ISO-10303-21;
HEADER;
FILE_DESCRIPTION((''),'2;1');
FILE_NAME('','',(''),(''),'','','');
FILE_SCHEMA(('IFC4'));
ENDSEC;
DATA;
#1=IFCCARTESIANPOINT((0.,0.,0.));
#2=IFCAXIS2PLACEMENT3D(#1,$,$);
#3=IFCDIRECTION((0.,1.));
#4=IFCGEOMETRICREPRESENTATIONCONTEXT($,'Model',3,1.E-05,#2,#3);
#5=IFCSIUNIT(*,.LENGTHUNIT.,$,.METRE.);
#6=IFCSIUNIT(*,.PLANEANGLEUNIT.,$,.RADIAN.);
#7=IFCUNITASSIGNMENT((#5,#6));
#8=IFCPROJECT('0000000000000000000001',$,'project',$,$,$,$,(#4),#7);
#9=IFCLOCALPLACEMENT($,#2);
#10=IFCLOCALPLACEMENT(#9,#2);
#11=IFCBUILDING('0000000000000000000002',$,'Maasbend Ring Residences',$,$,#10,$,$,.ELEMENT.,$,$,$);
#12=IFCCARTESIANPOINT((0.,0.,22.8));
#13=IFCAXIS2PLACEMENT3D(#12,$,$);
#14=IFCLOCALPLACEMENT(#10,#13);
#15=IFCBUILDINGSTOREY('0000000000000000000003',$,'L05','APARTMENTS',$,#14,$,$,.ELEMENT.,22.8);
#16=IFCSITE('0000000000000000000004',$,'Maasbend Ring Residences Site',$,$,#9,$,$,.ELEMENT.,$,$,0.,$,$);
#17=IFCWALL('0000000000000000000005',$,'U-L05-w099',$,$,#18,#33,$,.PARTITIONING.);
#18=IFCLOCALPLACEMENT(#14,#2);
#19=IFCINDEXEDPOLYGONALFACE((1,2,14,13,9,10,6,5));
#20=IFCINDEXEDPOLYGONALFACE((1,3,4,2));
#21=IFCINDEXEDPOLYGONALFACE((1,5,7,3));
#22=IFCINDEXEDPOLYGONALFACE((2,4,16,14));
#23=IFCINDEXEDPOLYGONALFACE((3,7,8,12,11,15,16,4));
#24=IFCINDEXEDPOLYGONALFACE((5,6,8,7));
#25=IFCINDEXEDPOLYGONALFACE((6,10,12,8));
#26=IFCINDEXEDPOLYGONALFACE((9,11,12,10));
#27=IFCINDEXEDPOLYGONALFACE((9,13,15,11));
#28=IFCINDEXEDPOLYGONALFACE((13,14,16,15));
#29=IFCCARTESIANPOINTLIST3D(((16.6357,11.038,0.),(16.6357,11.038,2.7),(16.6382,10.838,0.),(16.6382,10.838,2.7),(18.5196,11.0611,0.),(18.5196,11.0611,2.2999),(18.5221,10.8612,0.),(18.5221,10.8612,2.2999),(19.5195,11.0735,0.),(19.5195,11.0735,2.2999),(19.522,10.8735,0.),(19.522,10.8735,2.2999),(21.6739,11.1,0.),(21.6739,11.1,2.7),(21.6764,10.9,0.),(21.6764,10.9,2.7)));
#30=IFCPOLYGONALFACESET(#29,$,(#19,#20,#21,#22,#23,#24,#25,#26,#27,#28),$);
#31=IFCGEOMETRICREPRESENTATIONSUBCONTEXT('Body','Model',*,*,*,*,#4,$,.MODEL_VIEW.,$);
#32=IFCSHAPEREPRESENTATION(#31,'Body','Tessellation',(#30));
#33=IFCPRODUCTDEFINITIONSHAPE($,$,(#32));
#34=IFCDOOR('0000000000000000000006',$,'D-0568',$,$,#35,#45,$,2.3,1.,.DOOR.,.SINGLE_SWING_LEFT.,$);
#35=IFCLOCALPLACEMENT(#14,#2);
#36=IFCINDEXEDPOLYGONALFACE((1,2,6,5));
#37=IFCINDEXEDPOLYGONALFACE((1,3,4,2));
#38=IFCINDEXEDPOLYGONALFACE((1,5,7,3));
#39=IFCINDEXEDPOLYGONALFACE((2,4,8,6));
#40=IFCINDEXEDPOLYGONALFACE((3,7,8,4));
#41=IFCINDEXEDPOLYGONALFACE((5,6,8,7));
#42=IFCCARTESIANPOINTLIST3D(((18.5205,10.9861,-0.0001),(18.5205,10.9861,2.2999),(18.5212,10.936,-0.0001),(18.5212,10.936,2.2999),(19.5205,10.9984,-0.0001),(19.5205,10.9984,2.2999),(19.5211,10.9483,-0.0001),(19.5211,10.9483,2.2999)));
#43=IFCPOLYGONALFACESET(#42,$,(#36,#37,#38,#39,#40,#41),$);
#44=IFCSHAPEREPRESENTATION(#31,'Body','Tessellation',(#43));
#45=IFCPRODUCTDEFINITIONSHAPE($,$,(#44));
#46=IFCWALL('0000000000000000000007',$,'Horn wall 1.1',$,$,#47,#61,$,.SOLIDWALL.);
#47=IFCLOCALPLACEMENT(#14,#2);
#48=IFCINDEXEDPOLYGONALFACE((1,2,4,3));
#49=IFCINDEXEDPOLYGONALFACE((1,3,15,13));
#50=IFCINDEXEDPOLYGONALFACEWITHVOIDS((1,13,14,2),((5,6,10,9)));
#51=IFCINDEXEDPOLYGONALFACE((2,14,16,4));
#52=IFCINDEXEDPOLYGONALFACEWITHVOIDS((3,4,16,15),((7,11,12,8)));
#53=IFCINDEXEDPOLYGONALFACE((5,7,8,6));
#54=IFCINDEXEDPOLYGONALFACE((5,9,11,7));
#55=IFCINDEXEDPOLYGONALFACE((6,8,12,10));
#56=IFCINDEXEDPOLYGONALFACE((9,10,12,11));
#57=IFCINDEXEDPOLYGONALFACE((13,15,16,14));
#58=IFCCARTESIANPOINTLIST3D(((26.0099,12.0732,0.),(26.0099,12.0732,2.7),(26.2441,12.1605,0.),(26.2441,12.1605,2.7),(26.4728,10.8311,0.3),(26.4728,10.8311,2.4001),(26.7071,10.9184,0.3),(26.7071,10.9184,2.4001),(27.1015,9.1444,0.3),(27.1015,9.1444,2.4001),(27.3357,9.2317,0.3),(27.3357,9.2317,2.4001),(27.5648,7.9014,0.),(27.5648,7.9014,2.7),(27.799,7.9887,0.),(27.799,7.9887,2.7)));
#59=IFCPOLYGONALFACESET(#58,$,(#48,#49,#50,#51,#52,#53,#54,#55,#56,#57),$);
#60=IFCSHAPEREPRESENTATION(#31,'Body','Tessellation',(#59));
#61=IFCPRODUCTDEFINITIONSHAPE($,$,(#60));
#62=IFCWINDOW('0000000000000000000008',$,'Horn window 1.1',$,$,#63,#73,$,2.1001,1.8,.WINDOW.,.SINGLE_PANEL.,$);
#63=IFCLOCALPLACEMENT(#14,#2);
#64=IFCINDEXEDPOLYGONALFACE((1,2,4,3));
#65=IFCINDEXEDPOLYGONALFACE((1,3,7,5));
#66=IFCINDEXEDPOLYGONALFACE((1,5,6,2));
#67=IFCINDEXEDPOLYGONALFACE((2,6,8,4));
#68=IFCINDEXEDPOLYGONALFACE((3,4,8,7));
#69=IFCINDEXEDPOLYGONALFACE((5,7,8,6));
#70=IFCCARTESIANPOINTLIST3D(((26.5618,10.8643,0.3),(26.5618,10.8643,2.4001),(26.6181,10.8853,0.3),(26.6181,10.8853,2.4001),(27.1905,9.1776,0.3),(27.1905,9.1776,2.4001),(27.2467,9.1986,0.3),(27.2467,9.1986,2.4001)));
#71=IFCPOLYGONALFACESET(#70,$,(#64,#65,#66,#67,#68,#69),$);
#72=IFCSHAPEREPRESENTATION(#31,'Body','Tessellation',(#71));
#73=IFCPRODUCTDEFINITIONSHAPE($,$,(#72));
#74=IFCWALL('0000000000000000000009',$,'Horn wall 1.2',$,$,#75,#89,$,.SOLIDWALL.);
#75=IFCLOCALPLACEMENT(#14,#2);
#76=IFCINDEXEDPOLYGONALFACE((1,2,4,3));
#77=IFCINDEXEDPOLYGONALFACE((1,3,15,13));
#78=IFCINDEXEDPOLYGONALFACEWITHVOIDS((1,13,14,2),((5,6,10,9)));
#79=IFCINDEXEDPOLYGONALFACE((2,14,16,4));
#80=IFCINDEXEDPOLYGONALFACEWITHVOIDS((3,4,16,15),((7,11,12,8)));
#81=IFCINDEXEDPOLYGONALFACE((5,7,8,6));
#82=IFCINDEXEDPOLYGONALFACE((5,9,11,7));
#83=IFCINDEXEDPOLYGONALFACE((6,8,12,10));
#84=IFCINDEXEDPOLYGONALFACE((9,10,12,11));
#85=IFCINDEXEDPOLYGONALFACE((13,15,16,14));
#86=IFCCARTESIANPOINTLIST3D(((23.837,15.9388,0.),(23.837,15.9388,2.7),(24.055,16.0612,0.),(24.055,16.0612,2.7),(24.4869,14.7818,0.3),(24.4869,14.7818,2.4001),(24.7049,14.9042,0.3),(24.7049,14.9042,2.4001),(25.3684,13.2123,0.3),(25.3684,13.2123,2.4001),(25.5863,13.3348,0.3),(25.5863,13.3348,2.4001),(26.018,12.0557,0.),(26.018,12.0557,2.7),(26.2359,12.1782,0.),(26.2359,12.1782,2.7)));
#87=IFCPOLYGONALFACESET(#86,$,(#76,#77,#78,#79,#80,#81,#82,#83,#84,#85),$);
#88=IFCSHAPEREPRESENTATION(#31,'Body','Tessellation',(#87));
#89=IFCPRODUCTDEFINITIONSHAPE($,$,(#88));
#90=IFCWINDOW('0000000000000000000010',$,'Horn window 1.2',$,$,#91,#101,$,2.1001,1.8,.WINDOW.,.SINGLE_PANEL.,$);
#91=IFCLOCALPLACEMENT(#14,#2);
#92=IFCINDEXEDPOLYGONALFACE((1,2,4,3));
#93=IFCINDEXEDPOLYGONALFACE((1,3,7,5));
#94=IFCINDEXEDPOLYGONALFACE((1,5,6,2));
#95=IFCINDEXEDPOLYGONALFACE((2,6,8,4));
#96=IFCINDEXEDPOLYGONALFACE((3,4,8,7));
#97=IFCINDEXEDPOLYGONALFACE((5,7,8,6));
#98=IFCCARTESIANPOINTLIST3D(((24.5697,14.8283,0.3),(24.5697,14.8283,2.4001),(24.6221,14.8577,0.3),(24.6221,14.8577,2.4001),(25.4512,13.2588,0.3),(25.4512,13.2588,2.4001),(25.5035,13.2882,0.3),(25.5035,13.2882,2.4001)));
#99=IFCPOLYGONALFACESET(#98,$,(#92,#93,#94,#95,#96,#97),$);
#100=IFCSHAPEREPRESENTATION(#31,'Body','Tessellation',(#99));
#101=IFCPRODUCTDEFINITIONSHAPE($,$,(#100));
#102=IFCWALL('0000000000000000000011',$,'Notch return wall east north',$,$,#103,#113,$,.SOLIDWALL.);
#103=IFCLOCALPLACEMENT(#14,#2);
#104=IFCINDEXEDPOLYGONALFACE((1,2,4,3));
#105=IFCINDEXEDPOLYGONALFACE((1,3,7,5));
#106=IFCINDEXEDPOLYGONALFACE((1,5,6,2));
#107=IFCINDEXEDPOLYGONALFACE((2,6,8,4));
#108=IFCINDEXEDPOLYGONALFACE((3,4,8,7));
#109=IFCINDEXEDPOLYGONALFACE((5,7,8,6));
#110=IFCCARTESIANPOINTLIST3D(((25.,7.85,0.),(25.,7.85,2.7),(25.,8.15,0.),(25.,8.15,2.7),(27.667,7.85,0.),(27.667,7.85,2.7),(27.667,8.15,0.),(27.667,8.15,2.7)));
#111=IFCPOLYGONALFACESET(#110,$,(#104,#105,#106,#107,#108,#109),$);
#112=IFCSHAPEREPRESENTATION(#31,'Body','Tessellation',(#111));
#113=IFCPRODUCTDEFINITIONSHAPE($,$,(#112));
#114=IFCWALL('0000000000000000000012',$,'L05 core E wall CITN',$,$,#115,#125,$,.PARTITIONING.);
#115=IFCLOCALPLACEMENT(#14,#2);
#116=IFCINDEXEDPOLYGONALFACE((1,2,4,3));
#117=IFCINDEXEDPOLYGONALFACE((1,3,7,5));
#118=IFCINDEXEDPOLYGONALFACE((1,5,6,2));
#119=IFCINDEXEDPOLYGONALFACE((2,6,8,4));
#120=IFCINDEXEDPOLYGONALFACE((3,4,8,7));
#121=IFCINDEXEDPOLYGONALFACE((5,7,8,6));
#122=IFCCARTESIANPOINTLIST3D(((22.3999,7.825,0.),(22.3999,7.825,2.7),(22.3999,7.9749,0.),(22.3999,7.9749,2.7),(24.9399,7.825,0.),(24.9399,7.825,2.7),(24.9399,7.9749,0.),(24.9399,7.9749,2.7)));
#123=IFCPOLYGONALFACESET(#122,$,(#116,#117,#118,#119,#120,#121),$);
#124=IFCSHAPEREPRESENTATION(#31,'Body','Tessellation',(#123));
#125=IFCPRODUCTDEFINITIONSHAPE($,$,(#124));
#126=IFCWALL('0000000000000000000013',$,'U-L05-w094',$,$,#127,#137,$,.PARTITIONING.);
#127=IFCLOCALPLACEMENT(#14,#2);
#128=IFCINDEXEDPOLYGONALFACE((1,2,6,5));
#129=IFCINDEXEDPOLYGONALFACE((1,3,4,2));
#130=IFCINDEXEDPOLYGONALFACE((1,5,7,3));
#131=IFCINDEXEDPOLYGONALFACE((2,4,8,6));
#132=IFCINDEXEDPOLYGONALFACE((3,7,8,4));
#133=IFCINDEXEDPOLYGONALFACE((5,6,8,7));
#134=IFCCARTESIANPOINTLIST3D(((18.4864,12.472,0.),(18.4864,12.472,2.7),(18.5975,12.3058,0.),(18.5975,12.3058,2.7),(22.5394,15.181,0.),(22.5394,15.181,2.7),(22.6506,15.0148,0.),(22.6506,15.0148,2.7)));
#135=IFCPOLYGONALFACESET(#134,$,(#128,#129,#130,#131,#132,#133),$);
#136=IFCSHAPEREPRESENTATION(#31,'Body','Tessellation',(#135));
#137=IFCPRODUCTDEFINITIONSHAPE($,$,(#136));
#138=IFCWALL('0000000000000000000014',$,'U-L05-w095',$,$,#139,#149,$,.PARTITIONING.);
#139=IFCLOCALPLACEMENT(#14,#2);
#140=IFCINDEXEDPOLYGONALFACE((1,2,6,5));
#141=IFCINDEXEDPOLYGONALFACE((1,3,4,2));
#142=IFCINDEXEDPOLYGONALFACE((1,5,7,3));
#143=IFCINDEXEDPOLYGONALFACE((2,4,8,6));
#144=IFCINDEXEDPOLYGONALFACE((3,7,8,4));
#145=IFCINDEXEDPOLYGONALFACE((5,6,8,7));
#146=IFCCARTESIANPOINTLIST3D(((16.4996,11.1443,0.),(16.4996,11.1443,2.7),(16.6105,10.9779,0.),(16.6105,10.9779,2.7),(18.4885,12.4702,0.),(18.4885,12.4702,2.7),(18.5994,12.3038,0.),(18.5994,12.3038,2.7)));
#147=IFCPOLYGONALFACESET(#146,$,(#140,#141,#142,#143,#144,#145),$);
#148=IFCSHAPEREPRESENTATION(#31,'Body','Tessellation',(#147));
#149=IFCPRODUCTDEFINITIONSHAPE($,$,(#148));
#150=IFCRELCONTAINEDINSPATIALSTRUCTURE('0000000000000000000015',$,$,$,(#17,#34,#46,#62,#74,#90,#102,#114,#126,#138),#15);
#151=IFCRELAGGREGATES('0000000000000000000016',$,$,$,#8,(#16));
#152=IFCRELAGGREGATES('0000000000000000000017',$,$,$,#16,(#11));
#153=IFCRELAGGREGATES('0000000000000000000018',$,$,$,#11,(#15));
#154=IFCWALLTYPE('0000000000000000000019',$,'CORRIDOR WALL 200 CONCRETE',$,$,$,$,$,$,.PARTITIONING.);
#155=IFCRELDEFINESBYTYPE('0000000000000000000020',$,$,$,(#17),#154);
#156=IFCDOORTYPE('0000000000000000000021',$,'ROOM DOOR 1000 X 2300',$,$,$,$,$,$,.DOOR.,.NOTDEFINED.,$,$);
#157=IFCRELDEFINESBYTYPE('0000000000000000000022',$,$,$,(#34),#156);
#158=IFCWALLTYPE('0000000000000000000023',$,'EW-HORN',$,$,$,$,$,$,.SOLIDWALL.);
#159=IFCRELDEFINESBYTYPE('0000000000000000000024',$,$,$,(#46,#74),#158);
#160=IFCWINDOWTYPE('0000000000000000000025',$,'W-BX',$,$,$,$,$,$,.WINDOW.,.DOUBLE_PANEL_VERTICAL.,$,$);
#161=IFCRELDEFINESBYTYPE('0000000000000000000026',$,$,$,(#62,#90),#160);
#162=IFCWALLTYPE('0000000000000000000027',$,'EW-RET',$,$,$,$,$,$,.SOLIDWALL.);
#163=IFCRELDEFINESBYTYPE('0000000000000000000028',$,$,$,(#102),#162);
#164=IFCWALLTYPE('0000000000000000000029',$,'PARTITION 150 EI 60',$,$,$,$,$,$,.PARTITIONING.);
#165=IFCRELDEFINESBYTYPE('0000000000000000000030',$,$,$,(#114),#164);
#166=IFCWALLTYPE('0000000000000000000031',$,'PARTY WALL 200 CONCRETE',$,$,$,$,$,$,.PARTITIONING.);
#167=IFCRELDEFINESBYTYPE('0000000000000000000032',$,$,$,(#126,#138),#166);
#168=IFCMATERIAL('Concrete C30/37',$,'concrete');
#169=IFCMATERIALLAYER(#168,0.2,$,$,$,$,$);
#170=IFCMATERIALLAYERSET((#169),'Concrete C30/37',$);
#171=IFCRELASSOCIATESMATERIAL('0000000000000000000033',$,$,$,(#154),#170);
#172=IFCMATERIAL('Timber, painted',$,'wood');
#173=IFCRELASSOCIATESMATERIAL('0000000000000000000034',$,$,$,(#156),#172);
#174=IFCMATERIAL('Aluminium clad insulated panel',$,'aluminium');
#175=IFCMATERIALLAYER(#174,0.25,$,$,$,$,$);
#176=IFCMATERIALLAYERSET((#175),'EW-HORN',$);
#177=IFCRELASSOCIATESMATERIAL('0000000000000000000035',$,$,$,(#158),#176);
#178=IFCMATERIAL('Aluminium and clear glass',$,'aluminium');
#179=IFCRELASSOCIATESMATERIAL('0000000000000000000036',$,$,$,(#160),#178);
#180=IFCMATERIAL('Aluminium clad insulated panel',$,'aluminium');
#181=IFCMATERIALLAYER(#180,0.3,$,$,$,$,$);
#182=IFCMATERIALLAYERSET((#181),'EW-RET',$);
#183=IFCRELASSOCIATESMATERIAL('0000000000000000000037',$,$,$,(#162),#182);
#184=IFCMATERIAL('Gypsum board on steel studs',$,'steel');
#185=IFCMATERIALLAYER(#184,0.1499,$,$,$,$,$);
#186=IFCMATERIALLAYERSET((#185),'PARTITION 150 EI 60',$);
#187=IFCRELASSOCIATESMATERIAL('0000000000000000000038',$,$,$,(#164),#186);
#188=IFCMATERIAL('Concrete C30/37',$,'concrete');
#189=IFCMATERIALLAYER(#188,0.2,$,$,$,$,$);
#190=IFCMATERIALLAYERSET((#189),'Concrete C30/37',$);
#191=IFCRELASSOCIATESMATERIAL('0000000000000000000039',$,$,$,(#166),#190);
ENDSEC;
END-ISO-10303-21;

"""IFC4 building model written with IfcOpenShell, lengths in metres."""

from ifc_helpers import new_model, si_unit, direction, frame, frame_2d, origin, place, context, subcontext, project, spatial, rectangle, extrude, material, layer, layer_set, type_object, element, fill, save


model = new_model("IFC4")

# Units and contexts
model_context = context("Model", 3, precision=1e-05, world=origin(), true_north=direction((0.0, 1.0)))
body_context = subcontext(model_context, "Body", "Model", "MODEL_VIEW")
ifc_project = project(units=[si_unit("LENGTHUNIT", "METRE"), si_unit("PLANEANGLEUNIT", "RADIAN")], contexts=[model_context])

# Site, building, storey
site_placement = place(None, origin())
site = spatial("IfcSite", under=ifc_project, at=site_placement, Name="Maasbend Ring Residences Site", CompositionType="ELEMENT", RefElevation=0.0)
building_placement = place(site_placement, origin())
building = spatial("IfcBuilding", under=site, at=building_placement, Name="Maasbend Ring Residences", CompositionType="ELEMENT")
storey_placement = place(building_placement, frame((0.0, 0.0, 22.8)))
storey = spatial("IfcBuildingStorey", under=building, at=storey_placement, Name="L05", Description="APARTMENTS", CompositionType="ELEMENT", Elevation=22.8)

# Shared definitions
ifc_material_1 = material(Name="Concrete C30/37", Category="concrete")
ifc_layer_1 = layer(ifc_material_1, 0.2)
ifc_layer_set_1 = layer_set([ifc_layer_1], Name="Concrete C30/37")
wall_type_1 = type_object("IfcWallType", Name="CORRIDOR WALL 200 CONCRETE", PredefinedType="PARTITIONING", material=ifc_layer_set_1)

# Wall, opening, door
wall_1_placement = place(storey_placement, frame((16.637, 10.938, 0.0), z_axis=(0.0, 0.0, 1.0), x_axis=(0.999924, 0.012308, 0.0)))
wall_1 = element("IfcWall", 1, at=wall_1_placement, inside=storey, type_object=wall_type_1, Name="U-L05-w099", PredefinedType="PARTITIONING", context=body_context, shape_type="SweptSolid", body=[
    extrude(rectangle(XDim=5.0386, YDim=0.2, at=frame_2d((2.5193, 0.0))), origin(), (0.0, 0.0, 1.0), 2.7),
])
opening_1_placement = place(wall_1_placement, frame((1.884, 0.0, 0.0)))
opening_1 = element("IfcOpeningElement", 2, at=opening_1_placement, cuts=wall_1, PredefinedType="OPENING", context=body_context, shape_type="SweptSolid", body=[
    extrude(rectangle(XDim=1.0, YDim=2.3, at=frame_2d((0.5, 1.1499))), frame((0.0, 0.1099, 0.0), z_axis=(0.0, -1.0, 0.0), x_axis=(1.0, 0.0, 0.0)), (0.0, 0.0, 1.0), 0.22),
])
ifc_material_2 = material(Name="Timber, painted", Category="wood")
door_type_1 = type_object("IfcDoorType", Name="ROOM DOOR 1000 X 2300", OperationType="NOTDEFINED", PredefinedType="DOOR", material=ifc_material_2)
door_1_placement = place(opening_1_placement, origin())
door_1 = element("IfcDoor", 3, at=door_1_placement, inside=storey, type_object=door_type_1, Name="D-0568", OperationType="SINGLE_SWING_LEFT", OverallHeight=2.3, OverallWidth=1.0, PredefinedType="DOOR", context=body_context, shape_type="SweptSolid", body=[
    extrude(rectangle(XDim=1.0, YDim=2.3, at=frame_2d((0.5, 1.1499))), frame((0.0, 0.0249, 0.0), z_axis=(0.0, -1.0, 0.0), x_axis=(1.0, 0.0, 0.0)), (0.0, 0.0, 1.0), 0.05),
])
fill(opening_1, door_1)

# Walls, openings, windows
ifc_material_3 = material(Name="Aluminium clad insulated panel", Category="aluminium")
ifc_layer_2 = layer(ifc_material_3, 0.25)
ifc_layer_set_2 = layer_set([ifc_layer_2], Name="EW-HORN")
wall_type_2 = type_object("IfcWallType", Name="EW-HORN", PredefinedType="SOLIDWALL", material=ifc_layer_set_2)
wall_2_placement = place(storey_placement, frame((27.6819, 7.9451, 0.0), z_axis=(0.0, 0.0, 1.0), x_axis=(-0.349248, 0.93703, 0.0)))
wall_2 = element("IfcWall", 4, at=wall_2_placement, inside=storey, type_object=wall_type_2, Name="Horn wall 1.1", PredefinedType="SOLIDWALL", context=body_context, shape_type="SweptSolid", body=[
    extrude(rectangle(XDim=4.4521, YDim=0.25, at=frame_2d((2.2261, 0.0))), origin(), (0.0, 0.0, 1.0), 2.7),
])
opening_2_placement = place(wall_2_placement, frame((1.3267, 0.0, 0.3)))
opening_2 = element("IfcOpeningElement", 5, at=opening_2_placement, cuts=wall_2, PredefinedType="OPENING", context=body_context, shape_type="SweptSolid", body=[
    extrude(rectangle(XDim=1.8, YDim=2.1001, at=frame_2d((0.8999, 1.05))), frame((0.0, 0.135, 0.0), z_axis=(0.0, -1.0, 0.0), x_axis=(1.0, 0.0, 0.0)), (0.0, 0.0, 1.0), 0.27),
])
ifc_material_4 = material(Name="Aluminium and clear glass", Category="aluminium")
window_type = type_object("IfcWindowType", Name="W-BX", PartitioningType="DOUBLE_PANEL_VERTICAL", PredefinedType="WINDOW", material=ifc_material_4)
window_1_placement = place(opening_2_placement, origin())
window_1 = element("IfcWindow", 6, at=window_1_placement, inside=storey, type_object=window_type, Name="Horn window 1.1", OverallHeight=2.1001, OverallWidth=1.8, PartitioningType="SINGLE_PANEL", PredefinedType="WINDOW", context=body_context, shape_type="SweptSolid", body=[
    extrude(rectangle(XDim=1.8, YDim=2.1001, at=frame_2d((0.8999, 1.05))), frame((0.0, 0.03, 0.0), z_axis=(0.0, -1.0, 0.0), x_axis=(1.0, 0.0, 0.0)), (0.0, 0.0, 1.0), 0.0601),
])
fill(opening_2, window_1)
wall_3_placement = place(storey_placement, frame((26.127, 12.1169, 0.0), z_axis=(0.0, 0.0, 1.0), x_axis=(-0.489696, 0.871893, 0.0)))
wall_3 = element("IfcWall", 7, at=wall_3_placement, inside=storey, type_object=wall_type_2, Name="Horn wall 1.2", PredefinedType="SOLIDWALL", context=body_context, shape_type="SweptSolid", body=[
    extrude(rectangle(XDim=4.4536, YDim=0.25, at=frame_2d((2.2268, 0.0))), origin(), (0.0, 0.0, 1.0), 2.7),
])
opening_3_placement = place(wall_3_placement, frame((1.3267, 0.0, 0.3)))
opening_3 = element("IfcOpeningElement", 8, at=opening_3_placement, cuts=wall_3, PredefinedType="OPENING", context=body_context, shape_type="SweptSolid", body=[
    extrude(rectangle(XDim=1.8, YDim=2.1001, at=frame_2d((0.8999, 1.05))), frame((0.0, 0.135, 0.0), z_axis=(0.0, -1.0, 0.0), x_axis=(1.0, 0.0, 0.0)), (0.0, 0.0, 1.0), 0.27),
])
window_2_placement = place(opening_3_placement, origin())
window_2 = element("IfcWindow", 9, at=window_2_placement, inside=storey, type_object=window_type, Name="Horn window 1.2", OverallHeight=2.1001, OverallWidth=1.8, PartitioningType="SINGLE_PANEL", PredefinedType="WINDOW", context=body_context, shape_type="SweptSolid", body=[
    extrude(rectangle(XDim=1.8, YDim=2.1001, at=frame_2d((0.8999, 1.05))), frame((0.0, 0.03, 0.0), z_axis=(0.0, -1.0, 0.0), x_axis=(1.0, 0.0, 0.0)), (0.0, 0.0, 1.0), 0.0601),
])
fill(opening_3, window_2)

# Walls
ifc_material_5 = material(Name="Aluminium clad insulated panel", Category="aluminium")
ifc_layer_3 = layer(ifc_material_5, 0.3)
ifc_layer_set_3 = layer_set([ifc_layer_3], Name="EW-RET")
wall_type_3 = type_object("IfcWallType", Name="EW-RET", PredefinedType="SOLIDWALL", material=ifc_layer_set_3)
wall_4_placement = place(storey_placement, frame((25.0, 8.0, 0.0), z_axis=(0.0, 0.0, 1.0), x_axis=(1.0, 0.0, 0.0)))
element("IfcWall", 10, at=wall_4_placement, inside=storey, type_object=wall_type_3, Name="Notch return wall east north", PredefinedType="SOLIDWALL", context=body_context, shape_type="SweptSolid", body=[
    extrude(rectangle(XDim=2.667, YDim=0.3, at=frame_2d((1.3335, 0.0))), origin(), (0.0, 0.0, 1.0), 2.7),
])
ifc_material_6 = material(Name="Gypsum board on steel studs", Category="steel")
ifc_layer_4 = layer(ifc_material_6, 0.1499)
ifc_layer_set_4 = layer_set([ifc_layer_4], Name="PARTITION 150 EI 60")
wall_type_4 = type_object("IfcWallType", Name="PARTITION 150 EI 60", PredefinedType="PARTITIONING", material=ifc_layer_set_4)
wall_5_placement = place(storey_placement, frame((22.3999, 7.8999, 0.0), z_axis=(0.0, 0.0, 1.0), x_axis=(1.0, 0.0, 0.0)))
element("IfcWall", 11, at=wall_5_placement, inside=storey, type_object=wall_type_4, Name="L05 core E wall CITN", PredefinedType="PARTITIONING", context=body_context, shape_type="SweptSolid", body=[
    extrude(rectangle(XDim=2.54, YDim=0.1499, at=frame_2d((1.27, 0.0))), origin(), (0.0, 0.0, 1.0), 2.7),
])
ifc_material_7 = material(Name="Concrete C30/37", Category="concrete")
ifc_layer_5 = layer(ifc_material_7, 0.2)
ifc_layer_set_5 = layer_set([ifc_layer_5], Name="Concrete C30/37")
wall_type_5 = type_object("IfcWallType", Name="PARTY WALL 200 CONCRETE", PredefinedType="PARTITIONING", material=ifc_layer_set_5)
wall_6_placement = place(storey_placement, frame((18.542, 12.3889, 0.0), z_axis=(0.0, 0.0, 1.0), x_axis=(0.831387, 0.555694, 0.0)))
element("IfcWall", 12, at=wall_6_placement, inside=storey, type_object=wall_type_5, Name="U-L05-w094", PredefinedType="PARTITIONING", context=body_context, shape_type="SweptSolid", body=[
    extrude(rectangle(XDim=4.875, YDim=0.2, at=frame_2d((2.4375, 0.0))), origin(), (0.0, 0.0, 1.0), 2.7),
])
wall_7_placement = place(storey_placement, frame((16.5549, 11.061, 0.0), z_axis=(0.0, 0.0, 1.0), x_axis=(0.832066, 0.554677, 0.0)))
element("IfcWall", 13, at=wall_7_placement, inside=storey, type_object=wall_type_5, Name="U-L05-w095", PredefinedType="PARTITIONING", context=body_context, shape_type="SweptSolid", body=[
    extrude(rectangle(XDim=2.3904, YDim=0.2, at=frame_2d((1.1953, 0.0))), origin(), (0.0, 0.0, 1.0), 2.7),
])

save(model, "model.ifc")
